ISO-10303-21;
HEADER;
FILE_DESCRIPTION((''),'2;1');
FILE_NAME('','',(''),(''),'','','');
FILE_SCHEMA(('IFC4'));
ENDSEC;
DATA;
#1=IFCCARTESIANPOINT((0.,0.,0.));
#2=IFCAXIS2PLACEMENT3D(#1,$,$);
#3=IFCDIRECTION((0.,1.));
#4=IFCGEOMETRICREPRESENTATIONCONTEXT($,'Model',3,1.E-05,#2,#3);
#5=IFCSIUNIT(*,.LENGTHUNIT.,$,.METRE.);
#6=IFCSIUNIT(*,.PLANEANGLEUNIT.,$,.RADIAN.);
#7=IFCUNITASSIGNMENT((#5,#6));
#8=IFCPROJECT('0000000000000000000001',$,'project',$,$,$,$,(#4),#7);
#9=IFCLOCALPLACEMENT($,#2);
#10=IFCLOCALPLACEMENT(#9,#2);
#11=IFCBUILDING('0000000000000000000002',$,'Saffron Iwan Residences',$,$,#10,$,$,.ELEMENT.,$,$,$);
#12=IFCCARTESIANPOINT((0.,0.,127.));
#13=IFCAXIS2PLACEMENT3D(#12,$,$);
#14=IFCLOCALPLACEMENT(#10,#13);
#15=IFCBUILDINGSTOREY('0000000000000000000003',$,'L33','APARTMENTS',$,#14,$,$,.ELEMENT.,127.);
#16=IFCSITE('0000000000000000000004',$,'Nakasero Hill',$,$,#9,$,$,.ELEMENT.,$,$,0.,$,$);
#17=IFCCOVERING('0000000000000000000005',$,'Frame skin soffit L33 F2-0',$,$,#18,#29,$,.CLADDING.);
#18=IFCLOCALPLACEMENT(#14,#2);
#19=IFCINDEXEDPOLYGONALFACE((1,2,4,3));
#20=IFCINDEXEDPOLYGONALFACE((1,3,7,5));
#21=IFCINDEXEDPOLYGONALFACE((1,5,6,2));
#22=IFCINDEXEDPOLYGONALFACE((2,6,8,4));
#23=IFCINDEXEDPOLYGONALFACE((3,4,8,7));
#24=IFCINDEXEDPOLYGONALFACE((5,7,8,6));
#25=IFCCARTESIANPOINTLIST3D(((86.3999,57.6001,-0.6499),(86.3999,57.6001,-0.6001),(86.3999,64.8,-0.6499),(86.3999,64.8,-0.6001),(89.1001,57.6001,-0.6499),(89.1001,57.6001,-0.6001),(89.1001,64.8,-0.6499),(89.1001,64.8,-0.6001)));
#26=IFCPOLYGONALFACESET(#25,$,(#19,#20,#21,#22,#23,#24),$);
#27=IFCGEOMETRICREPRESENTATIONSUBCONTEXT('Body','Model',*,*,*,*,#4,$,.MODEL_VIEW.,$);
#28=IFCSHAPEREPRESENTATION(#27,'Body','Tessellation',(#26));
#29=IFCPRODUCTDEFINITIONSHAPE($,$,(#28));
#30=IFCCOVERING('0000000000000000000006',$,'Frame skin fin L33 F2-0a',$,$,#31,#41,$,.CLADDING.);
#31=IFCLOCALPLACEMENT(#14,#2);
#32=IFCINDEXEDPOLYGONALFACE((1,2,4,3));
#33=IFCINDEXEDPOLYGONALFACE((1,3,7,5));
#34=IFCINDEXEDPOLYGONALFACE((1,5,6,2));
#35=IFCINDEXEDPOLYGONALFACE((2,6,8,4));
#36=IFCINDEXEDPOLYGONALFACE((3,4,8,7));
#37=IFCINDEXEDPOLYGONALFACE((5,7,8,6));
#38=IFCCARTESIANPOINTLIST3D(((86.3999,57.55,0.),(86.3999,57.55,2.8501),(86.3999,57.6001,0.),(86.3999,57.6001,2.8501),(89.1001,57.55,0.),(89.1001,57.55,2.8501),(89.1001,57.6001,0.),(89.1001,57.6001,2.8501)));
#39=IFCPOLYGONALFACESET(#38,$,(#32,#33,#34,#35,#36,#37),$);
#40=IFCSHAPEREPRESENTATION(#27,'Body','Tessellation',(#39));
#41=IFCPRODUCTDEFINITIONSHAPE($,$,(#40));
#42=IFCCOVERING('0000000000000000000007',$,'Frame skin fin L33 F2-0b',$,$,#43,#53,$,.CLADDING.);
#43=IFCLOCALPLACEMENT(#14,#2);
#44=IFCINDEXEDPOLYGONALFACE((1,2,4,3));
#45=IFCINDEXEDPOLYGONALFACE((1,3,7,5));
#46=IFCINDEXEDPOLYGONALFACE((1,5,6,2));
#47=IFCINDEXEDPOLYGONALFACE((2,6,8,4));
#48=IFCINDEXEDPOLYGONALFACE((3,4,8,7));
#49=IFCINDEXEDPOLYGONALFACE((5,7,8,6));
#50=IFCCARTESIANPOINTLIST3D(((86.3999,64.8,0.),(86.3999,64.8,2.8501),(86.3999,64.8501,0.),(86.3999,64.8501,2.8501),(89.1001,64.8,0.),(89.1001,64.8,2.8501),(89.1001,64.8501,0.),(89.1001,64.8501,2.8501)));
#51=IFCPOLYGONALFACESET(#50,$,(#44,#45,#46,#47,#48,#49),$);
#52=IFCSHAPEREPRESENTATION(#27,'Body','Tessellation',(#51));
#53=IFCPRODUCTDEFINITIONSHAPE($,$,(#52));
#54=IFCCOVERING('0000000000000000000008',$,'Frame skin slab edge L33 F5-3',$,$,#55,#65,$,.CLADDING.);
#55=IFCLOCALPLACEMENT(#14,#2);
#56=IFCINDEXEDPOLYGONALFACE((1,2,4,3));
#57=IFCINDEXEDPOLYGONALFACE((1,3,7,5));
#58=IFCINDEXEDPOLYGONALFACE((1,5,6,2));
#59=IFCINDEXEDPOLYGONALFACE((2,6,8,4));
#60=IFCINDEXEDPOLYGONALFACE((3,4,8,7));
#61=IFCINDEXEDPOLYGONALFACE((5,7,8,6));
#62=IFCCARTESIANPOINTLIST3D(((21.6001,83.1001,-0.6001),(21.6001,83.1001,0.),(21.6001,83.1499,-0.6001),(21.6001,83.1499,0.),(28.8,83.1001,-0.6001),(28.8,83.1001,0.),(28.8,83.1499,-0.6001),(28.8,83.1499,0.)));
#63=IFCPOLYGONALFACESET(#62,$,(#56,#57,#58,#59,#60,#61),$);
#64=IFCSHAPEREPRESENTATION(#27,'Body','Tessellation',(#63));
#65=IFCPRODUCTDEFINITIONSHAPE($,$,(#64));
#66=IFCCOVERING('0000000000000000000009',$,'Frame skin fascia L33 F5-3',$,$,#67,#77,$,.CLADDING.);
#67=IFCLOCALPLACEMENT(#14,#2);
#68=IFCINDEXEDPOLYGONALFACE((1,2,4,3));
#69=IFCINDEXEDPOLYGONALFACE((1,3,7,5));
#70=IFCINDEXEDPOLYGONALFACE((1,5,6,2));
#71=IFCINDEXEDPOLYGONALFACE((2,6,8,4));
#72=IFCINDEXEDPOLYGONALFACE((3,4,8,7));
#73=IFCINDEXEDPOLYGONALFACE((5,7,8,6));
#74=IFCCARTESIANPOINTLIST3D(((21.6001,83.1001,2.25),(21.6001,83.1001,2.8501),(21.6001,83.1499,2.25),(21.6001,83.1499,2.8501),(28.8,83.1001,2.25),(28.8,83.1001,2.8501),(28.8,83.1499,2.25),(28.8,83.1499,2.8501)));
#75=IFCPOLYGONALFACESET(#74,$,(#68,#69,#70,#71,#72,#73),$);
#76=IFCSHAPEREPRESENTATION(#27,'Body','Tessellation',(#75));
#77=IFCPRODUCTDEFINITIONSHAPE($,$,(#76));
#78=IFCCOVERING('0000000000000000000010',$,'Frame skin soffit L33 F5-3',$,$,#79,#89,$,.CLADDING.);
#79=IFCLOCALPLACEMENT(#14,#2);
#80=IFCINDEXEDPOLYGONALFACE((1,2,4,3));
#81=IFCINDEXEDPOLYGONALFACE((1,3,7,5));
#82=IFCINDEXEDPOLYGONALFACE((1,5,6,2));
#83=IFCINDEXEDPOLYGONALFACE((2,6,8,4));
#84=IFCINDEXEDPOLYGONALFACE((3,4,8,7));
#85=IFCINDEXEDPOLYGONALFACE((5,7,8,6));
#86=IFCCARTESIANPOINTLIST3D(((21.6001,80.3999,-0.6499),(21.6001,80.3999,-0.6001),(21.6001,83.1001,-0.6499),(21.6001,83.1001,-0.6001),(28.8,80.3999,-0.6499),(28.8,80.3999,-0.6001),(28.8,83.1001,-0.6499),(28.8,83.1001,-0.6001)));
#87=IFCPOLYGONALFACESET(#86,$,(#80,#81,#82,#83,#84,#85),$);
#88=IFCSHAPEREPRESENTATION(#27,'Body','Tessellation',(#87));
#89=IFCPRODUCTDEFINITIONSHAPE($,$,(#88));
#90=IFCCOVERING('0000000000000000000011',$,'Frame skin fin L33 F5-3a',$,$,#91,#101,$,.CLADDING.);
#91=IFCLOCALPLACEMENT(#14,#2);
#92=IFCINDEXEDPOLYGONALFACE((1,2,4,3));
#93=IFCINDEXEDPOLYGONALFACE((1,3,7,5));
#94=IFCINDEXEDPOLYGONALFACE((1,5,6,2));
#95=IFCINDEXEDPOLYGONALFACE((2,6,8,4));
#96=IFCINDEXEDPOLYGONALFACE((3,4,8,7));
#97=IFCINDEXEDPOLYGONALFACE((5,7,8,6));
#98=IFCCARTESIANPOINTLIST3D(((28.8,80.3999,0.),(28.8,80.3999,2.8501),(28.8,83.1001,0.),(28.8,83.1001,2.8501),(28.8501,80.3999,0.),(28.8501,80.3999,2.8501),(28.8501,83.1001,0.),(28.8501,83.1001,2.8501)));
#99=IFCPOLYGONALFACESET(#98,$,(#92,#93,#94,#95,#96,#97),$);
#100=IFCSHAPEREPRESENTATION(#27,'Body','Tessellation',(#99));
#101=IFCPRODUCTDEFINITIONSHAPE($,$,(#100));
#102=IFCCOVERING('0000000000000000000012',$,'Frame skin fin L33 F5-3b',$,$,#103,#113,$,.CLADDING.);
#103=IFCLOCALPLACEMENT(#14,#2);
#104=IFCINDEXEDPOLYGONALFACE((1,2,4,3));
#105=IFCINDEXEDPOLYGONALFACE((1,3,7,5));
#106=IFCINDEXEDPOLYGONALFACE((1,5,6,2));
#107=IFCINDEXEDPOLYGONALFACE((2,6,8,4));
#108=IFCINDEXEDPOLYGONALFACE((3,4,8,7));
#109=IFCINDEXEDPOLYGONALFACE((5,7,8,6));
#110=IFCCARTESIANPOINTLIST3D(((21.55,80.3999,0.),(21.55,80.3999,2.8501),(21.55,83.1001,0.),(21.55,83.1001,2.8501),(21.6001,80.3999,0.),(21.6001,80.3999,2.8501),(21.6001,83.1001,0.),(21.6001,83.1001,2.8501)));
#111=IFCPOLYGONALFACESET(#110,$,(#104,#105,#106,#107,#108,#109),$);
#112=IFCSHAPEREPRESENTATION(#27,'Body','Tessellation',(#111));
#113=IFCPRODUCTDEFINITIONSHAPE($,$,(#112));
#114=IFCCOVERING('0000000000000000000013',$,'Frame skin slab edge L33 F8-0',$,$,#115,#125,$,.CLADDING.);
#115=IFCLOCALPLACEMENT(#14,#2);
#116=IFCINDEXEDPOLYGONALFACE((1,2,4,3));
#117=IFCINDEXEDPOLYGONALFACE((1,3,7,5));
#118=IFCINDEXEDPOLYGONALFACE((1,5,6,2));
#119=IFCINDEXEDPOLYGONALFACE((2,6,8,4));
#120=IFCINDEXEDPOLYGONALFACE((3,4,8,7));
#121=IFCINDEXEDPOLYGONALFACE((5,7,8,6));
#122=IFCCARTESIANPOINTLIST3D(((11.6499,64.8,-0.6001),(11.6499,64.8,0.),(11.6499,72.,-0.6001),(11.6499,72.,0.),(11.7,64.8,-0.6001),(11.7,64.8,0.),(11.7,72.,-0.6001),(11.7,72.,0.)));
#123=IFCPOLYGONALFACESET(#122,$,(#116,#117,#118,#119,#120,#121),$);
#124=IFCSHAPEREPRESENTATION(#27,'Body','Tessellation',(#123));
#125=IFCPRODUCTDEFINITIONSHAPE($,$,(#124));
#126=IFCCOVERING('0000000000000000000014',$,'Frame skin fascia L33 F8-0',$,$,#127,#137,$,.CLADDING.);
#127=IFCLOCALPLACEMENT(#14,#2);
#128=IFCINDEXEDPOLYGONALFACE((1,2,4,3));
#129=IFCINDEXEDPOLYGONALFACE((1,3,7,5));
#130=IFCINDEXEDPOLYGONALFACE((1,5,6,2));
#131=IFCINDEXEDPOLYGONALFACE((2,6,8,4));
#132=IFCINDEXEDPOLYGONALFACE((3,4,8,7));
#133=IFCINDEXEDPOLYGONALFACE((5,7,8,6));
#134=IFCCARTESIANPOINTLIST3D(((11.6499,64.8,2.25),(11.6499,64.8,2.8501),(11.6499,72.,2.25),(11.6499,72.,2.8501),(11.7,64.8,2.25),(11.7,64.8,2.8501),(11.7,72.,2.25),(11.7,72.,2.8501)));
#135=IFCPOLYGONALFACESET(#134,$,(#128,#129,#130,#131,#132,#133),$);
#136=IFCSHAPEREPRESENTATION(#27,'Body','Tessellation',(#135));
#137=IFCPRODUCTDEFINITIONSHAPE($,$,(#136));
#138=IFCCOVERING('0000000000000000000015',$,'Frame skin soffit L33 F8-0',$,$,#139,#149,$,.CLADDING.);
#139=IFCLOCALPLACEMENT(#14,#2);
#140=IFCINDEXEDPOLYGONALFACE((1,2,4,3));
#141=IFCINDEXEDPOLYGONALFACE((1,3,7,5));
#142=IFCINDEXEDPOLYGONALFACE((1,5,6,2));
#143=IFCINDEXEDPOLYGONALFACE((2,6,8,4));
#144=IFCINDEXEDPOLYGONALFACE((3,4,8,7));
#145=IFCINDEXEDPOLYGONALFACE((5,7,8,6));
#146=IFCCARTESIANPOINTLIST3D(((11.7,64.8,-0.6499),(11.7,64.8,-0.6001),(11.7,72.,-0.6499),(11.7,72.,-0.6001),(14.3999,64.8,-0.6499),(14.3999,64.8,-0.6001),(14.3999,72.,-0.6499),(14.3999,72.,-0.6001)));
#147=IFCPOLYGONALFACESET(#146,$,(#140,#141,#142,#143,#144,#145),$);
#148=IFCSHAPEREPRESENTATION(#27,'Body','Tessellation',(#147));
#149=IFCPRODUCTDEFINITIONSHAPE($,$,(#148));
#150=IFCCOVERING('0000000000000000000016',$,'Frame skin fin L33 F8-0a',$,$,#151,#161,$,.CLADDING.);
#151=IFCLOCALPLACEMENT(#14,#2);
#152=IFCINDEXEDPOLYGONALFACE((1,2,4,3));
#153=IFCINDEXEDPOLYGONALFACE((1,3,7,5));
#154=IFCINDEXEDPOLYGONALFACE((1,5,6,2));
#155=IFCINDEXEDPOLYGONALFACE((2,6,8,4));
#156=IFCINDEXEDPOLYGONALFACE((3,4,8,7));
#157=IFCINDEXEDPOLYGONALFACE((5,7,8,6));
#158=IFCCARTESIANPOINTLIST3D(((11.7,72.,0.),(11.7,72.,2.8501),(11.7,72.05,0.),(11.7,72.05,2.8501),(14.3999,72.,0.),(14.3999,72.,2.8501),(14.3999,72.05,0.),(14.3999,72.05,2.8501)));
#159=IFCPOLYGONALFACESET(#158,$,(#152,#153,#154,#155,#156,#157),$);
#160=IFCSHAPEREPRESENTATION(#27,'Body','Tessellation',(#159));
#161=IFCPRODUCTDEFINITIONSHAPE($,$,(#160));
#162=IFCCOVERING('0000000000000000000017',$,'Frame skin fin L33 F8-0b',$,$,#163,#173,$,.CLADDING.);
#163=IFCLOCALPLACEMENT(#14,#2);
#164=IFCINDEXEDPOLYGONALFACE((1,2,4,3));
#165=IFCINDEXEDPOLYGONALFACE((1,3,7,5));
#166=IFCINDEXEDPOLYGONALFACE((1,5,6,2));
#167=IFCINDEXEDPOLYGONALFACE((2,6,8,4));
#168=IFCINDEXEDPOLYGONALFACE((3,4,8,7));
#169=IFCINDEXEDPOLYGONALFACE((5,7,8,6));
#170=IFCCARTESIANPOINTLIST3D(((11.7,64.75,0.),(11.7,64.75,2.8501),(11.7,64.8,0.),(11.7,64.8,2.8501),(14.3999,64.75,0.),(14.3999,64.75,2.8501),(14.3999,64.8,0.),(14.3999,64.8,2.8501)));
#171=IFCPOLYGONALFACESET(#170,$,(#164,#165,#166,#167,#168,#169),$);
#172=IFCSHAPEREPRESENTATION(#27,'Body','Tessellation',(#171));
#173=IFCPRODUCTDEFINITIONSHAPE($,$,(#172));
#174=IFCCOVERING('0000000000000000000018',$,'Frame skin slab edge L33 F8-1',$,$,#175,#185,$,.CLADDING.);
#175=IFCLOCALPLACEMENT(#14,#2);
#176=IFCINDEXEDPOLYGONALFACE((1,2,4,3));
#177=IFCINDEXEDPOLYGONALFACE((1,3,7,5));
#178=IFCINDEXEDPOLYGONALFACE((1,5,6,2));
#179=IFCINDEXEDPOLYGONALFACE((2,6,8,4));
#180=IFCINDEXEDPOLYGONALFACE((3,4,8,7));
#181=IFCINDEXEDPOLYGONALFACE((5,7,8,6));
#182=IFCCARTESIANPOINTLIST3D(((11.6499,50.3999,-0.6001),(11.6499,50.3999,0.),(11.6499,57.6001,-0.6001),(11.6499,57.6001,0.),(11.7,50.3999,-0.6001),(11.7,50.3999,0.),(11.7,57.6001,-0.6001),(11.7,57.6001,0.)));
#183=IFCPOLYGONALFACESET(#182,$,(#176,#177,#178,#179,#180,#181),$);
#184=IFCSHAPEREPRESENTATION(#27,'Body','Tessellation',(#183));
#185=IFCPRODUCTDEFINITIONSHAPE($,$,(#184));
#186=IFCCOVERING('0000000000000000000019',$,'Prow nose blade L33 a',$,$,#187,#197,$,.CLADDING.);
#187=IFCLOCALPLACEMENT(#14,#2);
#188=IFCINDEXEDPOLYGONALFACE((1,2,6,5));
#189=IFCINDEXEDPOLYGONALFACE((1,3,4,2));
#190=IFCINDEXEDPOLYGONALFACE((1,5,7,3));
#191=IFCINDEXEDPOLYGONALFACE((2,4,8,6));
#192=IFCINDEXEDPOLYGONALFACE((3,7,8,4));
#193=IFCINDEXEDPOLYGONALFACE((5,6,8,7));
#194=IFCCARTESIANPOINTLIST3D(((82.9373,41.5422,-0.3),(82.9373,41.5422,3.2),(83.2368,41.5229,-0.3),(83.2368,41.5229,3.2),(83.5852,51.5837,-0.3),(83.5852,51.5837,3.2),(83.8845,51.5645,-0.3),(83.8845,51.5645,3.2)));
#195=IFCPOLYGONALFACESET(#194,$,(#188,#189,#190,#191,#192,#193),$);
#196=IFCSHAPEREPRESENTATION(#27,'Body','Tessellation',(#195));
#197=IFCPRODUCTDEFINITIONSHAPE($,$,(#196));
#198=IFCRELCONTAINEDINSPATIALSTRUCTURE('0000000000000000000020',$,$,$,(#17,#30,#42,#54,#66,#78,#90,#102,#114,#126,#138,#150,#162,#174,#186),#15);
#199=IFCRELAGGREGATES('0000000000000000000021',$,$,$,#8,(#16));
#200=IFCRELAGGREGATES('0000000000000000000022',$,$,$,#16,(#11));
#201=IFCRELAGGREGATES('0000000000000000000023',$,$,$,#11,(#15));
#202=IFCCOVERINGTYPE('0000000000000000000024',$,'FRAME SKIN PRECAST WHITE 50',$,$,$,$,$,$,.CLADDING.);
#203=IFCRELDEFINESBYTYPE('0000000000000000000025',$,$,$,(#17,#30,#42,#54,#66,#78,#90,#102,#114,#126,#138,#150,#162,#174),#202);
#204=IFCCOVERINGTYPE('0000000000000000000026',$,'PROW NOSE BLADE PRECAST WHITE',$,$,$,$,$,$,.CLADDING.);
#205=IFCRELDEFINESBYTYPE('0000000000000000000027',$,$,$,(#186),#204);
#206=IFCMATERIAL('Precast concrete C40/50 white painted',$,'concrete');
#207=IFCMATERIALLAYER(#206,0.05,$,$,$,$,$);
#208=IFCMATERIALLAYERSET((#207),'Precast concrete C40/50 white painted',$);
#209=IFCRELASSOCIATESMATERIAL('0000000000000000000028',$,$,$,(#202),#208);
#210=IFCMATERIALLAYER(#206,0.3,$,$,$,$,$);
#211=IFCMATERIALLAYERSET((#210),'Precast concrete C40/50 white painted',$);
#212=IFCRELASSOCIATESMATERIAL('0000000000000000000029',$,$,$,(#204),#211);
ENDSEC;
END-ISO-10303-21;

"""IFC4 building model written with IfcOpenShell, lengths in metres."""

from ifc_helpers import new_model, si_unit, direction, frame, origin, place, context, subcontext, project, spatial, polyline, outline, extrude, material, layer, layer_set, type_object, element, save


model = new_model("IFC4")

# Units and contexts
model_context = context("Model", 3, precision=1e-05, world=origin(), true_north=direction((0.0, 1.0)))
body_context = subcontext(model_context, "Body", "Model", "MODEL_VIEW")
ifc_project = project(units=[si_unit("LENGTHUNIT", "METRE"), si_unit("PLANEANGLEUNIT", "RADIAN")], contexts=[model_context])

# Site, building, storey
site_placement = place(None, origin())
site = spatial("IfcSite", under=ifc_project, at=site_placement, Name="Nakasero Hill", CompositionType="ELEMENT", RefElevation=0.0)
building_placement = place(site_placement, origin())
building = spatial("IfcBuilding", under=site, at=building_placement, Name="Saffron Iwan Residences", CompositionType="ELEMENT")
storey_placement = place(building_placement, frame((0.0, 0.0, 127.0)))
storey = spatial("IfcBuildingStorey", under=building, at=storey_placement, Name="L33", Description="APARTMENTS", CompositionType="ELEMENT", Elevation=127.0)

# Coverings
ifc_material_1 = material(Name="Precast concrete C40/50 white painted", Category="concrete")
ifc_layer_1 = layer(ifc_material_1, 0.05)
ifc_layer_set_1 = layer_set([ifc_layer_1], Name="Precast concrete C40/50 white painted")
covering_type_1 = type_object("IfcCoveringType", Name="FRAME SKIN PRECAST WHITE 50", PredefinedType="CLADDING", material=ifc_layer_set_1)
covering_1_placement = place(storey_placement, frame((0.0, 0.0, -0.6499)))
element("IfcCovering", 1, at=covering_1_placement, inside=storey, type_object=covering_type_1, Name="Frame skin soffit L33 F2-0", PredefinedType="CLADDING", context=body_context, shape_type="SweptSolid", body=[
    extrude(outline(polyline([(89.1001, 57.6001), (89.1001, 64.8), (86.3999, 64.8), (86.3999, 57.6001), (89.1001, 57.6001)])), origin(), (0.0, 0.0, 1.0), 0.0498),
])
covering_2_placement = place(storey_placement, origin())
element("IfcCovering", 2, at=covering_2_placement, inside=storey, type_object=covering_type_1, Name="Frame skin fin L33 F2-0a", PredefinedType="CLADDING", context=body_context, shape_type="SweptSolid", body=[
    extrude(outline(polyline([(89.1001, 57.55), (89.1001, 57.6001), (86.3999, 57.6001), (86.3999, 57.55), (89.1001, 57.55)])), origin(), (0.0, 0.0, 1.0), 2.8501),
])
covering_3_placement = place(storey_placement, origin())
element("IfcCovering", 3, at=covering_3_placement, inside=storey, type_object=covering_type_1, Name="Frame skin fin L33 F2-0b", PredefinedType="CLADDING", context=body_context, shape_type="SweptSolid", body=[
    extrude(outline(polyline([(89.1001, 64.8), (89.1001, 64.8501), (86.3999, 64.8501), (86.3999, 64.8), (89.1001, 64.8)])), origin(), (0.0, 0.0, 1.0), 2.8501),
])
for number, where, name in (
    (4, (0.0, 0.0, -0.6001), "Frame skin slab edge L33 F5-3"),
    (5, (0.0, 0.0, 2.25), "Frame skin fascia L33 F5-3"),
):
    element("IfcCovering", number, at=place(storey_placement, frame(where)), inside=storey, type_object=covering_type_1, Name=name, PredefinedType="CLADDING", context=body_context, shape_type="SweptSolid", body=[
        extrude(outline(polyline([(28.8, 83.1499), (21.6001, 83.1499), (21.6001, 83.1001), (28.8, 83.1001), (28.8, 83.1499)])), origin(), (0.0, 0.0, 1.0), 0.6001),
    ])
covering_4_placement = place(storey_placement, frame((0.0, 0.0, -0.6499)))
element("IfcCovering", 6, at=covering_4_placement, inside=storey, type_object=covering_type_1, Name="Frame skin soffit L33 F5-3", PredefinedType="CLADDING", context=body_context, shape_type="SweptSolid", body=[
    extrude(outline(polyline([(28.8, 83.1001), (21.6001, 83.1001), (21.6001, 80.3999), (28.8, 80.3999), (28.8, 83.1001)])), origin(), (0.0, 0.0, 1.0), 0.0498),
])
covering_5_placement = place(storey_placement, origin())
element("IfcCovering", 7, at=covering_5_placement, inside=storey, type_object=covering_type_1, Name="Frame skin fin L33 F5-3a", PredefinedType="CLADDING", context=body_context, shape_type="SweptSolid", body=[
    extrude(outline(polyline([(28.8501, 83.1001), (28.8, 83.1001), (28.8, 80.3999), (28.8501, 80.3999), (28.8501, 83.1001)])), origin(), (0.0, 0.0, 1.0), 2.8501),
])
covering_6_placement = place(storey_placement, origin())
element("IfcCovering", 8, at=covering_6_placement, inside=storey, type_object=covering_type_1, Name="Frame skin fin L33 F5-3b", PredefinedType="CLADDING", context=body_context, shape_type="SweptSolid", body=[
    extrude(outline(polyline([(21.6001, 83.1001), (21.55, 83.1001), (21.55, 80.3999), (21.6001, 80.3999), (21.6001, 83.1001)])), origin(), (0.0, 0.0, 1.0), 2.8501),
])
for number, where, name in (
    (9, (0.0, 0.0, -0.6001), "Frame skin slab edge L33 F8-0"),
    (10, (0.0, 0.0, 2.25), "Frame skin fascia L33 F8-0"),
):
    element("IfcCovering", number, at=place(storey_placement, frame(where)), inside=storey, type_object=covering_type_1, Name=name, PredefinedType="CLADDING", context=body_context, shape_type="SweptSolid", body=[
        extrude(outline(polyline([(11.6499, 72.0), (11.6499, 64.8), (11.7, 64.8), (11.7, 72.0), (11.6499, 72.0)])), origin(), (0.0, 0.0, 1.0), 0.6001),
    ])
covering_7_placement = place(storey_placement, frame((0.0, 0.0, -0.6499)))
element("IfcCovering", 11, at=covering_7_placement, inside=storey, type_object=covering_type_1, Name="Frame skin soffit L33 F8-0", PredefinedType="CLADDING", context=body_context, shape_type="SweptSolid", body=[
    extrude(outline(polyline([(11.7, 72.0), (11.7, 64.8), (14.3999, 64.8), (14.3999, 72.0), (11.7, 72.0)])), origin(), (0.0, 0.0, 1.0), 0.0498),
])
covering_8_placement = place(storey_placement, origin())
element("IfcCovering", 12, at=covering_8_placement, inside=storey, type_object=covering_type_1, Name="Frame skin fin L33 F8-0a", PredefinedType="CLADDING", context=body_context, shape_type="SweptSolid", body=[
    extrude(outline(polyline([(11.7, 72.05), (11.7, 72.0), (14.3999, 72.0), (14.3999, 72.05), (11.7, 72.05)])), origin(), (0.0, 0.0, 1.0), 2.8501),
])
covering_9_placement = place(storey_placement, origin())
element("IfcCovering", 13, at=covering_9_placement, inside=storey, type_object=covering_type_1, Name="Frame skin fin L33 F8-0b", PredefinedType="CLADDING", context=body_context, shape_type="SweptSolid", body=[
    extrude(outline(polyline([(11.7, 64.8), (11.7, 64.75), (14.3999, 64.75), (14.3999, 64.8), (11.7, 64.8)])), origin(), (0.0, 0.0, 1.0), 2.8501),
])
covering_10_placement = place(storey_placement, frame((0.0, 0.0, -0.6001)))
element("IfcCovering", 14, at=covering_10_placement, inside=storey, type_object=covering_type_1, Name="Frame skin slab edge L33 F8-1", PredefinedType="CLADDING", context=body_context, shape_type="SweptSolid", body=[
    extrude(outline(polyline([(11.6499, 57.6001), (11.6499, 50.3999), (11.7, 50.3999), (11.7, 57.6001), (11.6499, 57.6001)])), origin(), (0.0, 0.0, 1.0), 0.6001),
])
ifc_layer_2 = layer(ifc_material_1, 0.3)
ifc_layer_set_2 = layer_set([ifc_layer_2], Name="Precast concrete C40/50 white painted")
covering_type_2 = type_object("IfcCoveringType", Name="PROW NOSE BLADE PRECAST WHITE", PredefinedType="CLADDING", material=ifc_layer_set_2)
covering_11_placement = place(storey_placement, frame((0.0, 0.0, -0.3)))
element("IfcCovering", 15, at=covering_11_placement, inside=storey, type_object=covering_type_2, Name="Prow nose blade L33 a", PredefinedType="CLADDING", context=body_context, shape_type="SweptSolid", body=[
    extrude(outline(polyline([(83.2368, 41.5229), (83.8845, 51.5645), (83.5852, 51.5837), (82.9373, 41.5422), (83.2368, 41.5229)])), origin(), (0.0, 0.0, 1.0), 3.5),
])

save(model, "model.ifc")
